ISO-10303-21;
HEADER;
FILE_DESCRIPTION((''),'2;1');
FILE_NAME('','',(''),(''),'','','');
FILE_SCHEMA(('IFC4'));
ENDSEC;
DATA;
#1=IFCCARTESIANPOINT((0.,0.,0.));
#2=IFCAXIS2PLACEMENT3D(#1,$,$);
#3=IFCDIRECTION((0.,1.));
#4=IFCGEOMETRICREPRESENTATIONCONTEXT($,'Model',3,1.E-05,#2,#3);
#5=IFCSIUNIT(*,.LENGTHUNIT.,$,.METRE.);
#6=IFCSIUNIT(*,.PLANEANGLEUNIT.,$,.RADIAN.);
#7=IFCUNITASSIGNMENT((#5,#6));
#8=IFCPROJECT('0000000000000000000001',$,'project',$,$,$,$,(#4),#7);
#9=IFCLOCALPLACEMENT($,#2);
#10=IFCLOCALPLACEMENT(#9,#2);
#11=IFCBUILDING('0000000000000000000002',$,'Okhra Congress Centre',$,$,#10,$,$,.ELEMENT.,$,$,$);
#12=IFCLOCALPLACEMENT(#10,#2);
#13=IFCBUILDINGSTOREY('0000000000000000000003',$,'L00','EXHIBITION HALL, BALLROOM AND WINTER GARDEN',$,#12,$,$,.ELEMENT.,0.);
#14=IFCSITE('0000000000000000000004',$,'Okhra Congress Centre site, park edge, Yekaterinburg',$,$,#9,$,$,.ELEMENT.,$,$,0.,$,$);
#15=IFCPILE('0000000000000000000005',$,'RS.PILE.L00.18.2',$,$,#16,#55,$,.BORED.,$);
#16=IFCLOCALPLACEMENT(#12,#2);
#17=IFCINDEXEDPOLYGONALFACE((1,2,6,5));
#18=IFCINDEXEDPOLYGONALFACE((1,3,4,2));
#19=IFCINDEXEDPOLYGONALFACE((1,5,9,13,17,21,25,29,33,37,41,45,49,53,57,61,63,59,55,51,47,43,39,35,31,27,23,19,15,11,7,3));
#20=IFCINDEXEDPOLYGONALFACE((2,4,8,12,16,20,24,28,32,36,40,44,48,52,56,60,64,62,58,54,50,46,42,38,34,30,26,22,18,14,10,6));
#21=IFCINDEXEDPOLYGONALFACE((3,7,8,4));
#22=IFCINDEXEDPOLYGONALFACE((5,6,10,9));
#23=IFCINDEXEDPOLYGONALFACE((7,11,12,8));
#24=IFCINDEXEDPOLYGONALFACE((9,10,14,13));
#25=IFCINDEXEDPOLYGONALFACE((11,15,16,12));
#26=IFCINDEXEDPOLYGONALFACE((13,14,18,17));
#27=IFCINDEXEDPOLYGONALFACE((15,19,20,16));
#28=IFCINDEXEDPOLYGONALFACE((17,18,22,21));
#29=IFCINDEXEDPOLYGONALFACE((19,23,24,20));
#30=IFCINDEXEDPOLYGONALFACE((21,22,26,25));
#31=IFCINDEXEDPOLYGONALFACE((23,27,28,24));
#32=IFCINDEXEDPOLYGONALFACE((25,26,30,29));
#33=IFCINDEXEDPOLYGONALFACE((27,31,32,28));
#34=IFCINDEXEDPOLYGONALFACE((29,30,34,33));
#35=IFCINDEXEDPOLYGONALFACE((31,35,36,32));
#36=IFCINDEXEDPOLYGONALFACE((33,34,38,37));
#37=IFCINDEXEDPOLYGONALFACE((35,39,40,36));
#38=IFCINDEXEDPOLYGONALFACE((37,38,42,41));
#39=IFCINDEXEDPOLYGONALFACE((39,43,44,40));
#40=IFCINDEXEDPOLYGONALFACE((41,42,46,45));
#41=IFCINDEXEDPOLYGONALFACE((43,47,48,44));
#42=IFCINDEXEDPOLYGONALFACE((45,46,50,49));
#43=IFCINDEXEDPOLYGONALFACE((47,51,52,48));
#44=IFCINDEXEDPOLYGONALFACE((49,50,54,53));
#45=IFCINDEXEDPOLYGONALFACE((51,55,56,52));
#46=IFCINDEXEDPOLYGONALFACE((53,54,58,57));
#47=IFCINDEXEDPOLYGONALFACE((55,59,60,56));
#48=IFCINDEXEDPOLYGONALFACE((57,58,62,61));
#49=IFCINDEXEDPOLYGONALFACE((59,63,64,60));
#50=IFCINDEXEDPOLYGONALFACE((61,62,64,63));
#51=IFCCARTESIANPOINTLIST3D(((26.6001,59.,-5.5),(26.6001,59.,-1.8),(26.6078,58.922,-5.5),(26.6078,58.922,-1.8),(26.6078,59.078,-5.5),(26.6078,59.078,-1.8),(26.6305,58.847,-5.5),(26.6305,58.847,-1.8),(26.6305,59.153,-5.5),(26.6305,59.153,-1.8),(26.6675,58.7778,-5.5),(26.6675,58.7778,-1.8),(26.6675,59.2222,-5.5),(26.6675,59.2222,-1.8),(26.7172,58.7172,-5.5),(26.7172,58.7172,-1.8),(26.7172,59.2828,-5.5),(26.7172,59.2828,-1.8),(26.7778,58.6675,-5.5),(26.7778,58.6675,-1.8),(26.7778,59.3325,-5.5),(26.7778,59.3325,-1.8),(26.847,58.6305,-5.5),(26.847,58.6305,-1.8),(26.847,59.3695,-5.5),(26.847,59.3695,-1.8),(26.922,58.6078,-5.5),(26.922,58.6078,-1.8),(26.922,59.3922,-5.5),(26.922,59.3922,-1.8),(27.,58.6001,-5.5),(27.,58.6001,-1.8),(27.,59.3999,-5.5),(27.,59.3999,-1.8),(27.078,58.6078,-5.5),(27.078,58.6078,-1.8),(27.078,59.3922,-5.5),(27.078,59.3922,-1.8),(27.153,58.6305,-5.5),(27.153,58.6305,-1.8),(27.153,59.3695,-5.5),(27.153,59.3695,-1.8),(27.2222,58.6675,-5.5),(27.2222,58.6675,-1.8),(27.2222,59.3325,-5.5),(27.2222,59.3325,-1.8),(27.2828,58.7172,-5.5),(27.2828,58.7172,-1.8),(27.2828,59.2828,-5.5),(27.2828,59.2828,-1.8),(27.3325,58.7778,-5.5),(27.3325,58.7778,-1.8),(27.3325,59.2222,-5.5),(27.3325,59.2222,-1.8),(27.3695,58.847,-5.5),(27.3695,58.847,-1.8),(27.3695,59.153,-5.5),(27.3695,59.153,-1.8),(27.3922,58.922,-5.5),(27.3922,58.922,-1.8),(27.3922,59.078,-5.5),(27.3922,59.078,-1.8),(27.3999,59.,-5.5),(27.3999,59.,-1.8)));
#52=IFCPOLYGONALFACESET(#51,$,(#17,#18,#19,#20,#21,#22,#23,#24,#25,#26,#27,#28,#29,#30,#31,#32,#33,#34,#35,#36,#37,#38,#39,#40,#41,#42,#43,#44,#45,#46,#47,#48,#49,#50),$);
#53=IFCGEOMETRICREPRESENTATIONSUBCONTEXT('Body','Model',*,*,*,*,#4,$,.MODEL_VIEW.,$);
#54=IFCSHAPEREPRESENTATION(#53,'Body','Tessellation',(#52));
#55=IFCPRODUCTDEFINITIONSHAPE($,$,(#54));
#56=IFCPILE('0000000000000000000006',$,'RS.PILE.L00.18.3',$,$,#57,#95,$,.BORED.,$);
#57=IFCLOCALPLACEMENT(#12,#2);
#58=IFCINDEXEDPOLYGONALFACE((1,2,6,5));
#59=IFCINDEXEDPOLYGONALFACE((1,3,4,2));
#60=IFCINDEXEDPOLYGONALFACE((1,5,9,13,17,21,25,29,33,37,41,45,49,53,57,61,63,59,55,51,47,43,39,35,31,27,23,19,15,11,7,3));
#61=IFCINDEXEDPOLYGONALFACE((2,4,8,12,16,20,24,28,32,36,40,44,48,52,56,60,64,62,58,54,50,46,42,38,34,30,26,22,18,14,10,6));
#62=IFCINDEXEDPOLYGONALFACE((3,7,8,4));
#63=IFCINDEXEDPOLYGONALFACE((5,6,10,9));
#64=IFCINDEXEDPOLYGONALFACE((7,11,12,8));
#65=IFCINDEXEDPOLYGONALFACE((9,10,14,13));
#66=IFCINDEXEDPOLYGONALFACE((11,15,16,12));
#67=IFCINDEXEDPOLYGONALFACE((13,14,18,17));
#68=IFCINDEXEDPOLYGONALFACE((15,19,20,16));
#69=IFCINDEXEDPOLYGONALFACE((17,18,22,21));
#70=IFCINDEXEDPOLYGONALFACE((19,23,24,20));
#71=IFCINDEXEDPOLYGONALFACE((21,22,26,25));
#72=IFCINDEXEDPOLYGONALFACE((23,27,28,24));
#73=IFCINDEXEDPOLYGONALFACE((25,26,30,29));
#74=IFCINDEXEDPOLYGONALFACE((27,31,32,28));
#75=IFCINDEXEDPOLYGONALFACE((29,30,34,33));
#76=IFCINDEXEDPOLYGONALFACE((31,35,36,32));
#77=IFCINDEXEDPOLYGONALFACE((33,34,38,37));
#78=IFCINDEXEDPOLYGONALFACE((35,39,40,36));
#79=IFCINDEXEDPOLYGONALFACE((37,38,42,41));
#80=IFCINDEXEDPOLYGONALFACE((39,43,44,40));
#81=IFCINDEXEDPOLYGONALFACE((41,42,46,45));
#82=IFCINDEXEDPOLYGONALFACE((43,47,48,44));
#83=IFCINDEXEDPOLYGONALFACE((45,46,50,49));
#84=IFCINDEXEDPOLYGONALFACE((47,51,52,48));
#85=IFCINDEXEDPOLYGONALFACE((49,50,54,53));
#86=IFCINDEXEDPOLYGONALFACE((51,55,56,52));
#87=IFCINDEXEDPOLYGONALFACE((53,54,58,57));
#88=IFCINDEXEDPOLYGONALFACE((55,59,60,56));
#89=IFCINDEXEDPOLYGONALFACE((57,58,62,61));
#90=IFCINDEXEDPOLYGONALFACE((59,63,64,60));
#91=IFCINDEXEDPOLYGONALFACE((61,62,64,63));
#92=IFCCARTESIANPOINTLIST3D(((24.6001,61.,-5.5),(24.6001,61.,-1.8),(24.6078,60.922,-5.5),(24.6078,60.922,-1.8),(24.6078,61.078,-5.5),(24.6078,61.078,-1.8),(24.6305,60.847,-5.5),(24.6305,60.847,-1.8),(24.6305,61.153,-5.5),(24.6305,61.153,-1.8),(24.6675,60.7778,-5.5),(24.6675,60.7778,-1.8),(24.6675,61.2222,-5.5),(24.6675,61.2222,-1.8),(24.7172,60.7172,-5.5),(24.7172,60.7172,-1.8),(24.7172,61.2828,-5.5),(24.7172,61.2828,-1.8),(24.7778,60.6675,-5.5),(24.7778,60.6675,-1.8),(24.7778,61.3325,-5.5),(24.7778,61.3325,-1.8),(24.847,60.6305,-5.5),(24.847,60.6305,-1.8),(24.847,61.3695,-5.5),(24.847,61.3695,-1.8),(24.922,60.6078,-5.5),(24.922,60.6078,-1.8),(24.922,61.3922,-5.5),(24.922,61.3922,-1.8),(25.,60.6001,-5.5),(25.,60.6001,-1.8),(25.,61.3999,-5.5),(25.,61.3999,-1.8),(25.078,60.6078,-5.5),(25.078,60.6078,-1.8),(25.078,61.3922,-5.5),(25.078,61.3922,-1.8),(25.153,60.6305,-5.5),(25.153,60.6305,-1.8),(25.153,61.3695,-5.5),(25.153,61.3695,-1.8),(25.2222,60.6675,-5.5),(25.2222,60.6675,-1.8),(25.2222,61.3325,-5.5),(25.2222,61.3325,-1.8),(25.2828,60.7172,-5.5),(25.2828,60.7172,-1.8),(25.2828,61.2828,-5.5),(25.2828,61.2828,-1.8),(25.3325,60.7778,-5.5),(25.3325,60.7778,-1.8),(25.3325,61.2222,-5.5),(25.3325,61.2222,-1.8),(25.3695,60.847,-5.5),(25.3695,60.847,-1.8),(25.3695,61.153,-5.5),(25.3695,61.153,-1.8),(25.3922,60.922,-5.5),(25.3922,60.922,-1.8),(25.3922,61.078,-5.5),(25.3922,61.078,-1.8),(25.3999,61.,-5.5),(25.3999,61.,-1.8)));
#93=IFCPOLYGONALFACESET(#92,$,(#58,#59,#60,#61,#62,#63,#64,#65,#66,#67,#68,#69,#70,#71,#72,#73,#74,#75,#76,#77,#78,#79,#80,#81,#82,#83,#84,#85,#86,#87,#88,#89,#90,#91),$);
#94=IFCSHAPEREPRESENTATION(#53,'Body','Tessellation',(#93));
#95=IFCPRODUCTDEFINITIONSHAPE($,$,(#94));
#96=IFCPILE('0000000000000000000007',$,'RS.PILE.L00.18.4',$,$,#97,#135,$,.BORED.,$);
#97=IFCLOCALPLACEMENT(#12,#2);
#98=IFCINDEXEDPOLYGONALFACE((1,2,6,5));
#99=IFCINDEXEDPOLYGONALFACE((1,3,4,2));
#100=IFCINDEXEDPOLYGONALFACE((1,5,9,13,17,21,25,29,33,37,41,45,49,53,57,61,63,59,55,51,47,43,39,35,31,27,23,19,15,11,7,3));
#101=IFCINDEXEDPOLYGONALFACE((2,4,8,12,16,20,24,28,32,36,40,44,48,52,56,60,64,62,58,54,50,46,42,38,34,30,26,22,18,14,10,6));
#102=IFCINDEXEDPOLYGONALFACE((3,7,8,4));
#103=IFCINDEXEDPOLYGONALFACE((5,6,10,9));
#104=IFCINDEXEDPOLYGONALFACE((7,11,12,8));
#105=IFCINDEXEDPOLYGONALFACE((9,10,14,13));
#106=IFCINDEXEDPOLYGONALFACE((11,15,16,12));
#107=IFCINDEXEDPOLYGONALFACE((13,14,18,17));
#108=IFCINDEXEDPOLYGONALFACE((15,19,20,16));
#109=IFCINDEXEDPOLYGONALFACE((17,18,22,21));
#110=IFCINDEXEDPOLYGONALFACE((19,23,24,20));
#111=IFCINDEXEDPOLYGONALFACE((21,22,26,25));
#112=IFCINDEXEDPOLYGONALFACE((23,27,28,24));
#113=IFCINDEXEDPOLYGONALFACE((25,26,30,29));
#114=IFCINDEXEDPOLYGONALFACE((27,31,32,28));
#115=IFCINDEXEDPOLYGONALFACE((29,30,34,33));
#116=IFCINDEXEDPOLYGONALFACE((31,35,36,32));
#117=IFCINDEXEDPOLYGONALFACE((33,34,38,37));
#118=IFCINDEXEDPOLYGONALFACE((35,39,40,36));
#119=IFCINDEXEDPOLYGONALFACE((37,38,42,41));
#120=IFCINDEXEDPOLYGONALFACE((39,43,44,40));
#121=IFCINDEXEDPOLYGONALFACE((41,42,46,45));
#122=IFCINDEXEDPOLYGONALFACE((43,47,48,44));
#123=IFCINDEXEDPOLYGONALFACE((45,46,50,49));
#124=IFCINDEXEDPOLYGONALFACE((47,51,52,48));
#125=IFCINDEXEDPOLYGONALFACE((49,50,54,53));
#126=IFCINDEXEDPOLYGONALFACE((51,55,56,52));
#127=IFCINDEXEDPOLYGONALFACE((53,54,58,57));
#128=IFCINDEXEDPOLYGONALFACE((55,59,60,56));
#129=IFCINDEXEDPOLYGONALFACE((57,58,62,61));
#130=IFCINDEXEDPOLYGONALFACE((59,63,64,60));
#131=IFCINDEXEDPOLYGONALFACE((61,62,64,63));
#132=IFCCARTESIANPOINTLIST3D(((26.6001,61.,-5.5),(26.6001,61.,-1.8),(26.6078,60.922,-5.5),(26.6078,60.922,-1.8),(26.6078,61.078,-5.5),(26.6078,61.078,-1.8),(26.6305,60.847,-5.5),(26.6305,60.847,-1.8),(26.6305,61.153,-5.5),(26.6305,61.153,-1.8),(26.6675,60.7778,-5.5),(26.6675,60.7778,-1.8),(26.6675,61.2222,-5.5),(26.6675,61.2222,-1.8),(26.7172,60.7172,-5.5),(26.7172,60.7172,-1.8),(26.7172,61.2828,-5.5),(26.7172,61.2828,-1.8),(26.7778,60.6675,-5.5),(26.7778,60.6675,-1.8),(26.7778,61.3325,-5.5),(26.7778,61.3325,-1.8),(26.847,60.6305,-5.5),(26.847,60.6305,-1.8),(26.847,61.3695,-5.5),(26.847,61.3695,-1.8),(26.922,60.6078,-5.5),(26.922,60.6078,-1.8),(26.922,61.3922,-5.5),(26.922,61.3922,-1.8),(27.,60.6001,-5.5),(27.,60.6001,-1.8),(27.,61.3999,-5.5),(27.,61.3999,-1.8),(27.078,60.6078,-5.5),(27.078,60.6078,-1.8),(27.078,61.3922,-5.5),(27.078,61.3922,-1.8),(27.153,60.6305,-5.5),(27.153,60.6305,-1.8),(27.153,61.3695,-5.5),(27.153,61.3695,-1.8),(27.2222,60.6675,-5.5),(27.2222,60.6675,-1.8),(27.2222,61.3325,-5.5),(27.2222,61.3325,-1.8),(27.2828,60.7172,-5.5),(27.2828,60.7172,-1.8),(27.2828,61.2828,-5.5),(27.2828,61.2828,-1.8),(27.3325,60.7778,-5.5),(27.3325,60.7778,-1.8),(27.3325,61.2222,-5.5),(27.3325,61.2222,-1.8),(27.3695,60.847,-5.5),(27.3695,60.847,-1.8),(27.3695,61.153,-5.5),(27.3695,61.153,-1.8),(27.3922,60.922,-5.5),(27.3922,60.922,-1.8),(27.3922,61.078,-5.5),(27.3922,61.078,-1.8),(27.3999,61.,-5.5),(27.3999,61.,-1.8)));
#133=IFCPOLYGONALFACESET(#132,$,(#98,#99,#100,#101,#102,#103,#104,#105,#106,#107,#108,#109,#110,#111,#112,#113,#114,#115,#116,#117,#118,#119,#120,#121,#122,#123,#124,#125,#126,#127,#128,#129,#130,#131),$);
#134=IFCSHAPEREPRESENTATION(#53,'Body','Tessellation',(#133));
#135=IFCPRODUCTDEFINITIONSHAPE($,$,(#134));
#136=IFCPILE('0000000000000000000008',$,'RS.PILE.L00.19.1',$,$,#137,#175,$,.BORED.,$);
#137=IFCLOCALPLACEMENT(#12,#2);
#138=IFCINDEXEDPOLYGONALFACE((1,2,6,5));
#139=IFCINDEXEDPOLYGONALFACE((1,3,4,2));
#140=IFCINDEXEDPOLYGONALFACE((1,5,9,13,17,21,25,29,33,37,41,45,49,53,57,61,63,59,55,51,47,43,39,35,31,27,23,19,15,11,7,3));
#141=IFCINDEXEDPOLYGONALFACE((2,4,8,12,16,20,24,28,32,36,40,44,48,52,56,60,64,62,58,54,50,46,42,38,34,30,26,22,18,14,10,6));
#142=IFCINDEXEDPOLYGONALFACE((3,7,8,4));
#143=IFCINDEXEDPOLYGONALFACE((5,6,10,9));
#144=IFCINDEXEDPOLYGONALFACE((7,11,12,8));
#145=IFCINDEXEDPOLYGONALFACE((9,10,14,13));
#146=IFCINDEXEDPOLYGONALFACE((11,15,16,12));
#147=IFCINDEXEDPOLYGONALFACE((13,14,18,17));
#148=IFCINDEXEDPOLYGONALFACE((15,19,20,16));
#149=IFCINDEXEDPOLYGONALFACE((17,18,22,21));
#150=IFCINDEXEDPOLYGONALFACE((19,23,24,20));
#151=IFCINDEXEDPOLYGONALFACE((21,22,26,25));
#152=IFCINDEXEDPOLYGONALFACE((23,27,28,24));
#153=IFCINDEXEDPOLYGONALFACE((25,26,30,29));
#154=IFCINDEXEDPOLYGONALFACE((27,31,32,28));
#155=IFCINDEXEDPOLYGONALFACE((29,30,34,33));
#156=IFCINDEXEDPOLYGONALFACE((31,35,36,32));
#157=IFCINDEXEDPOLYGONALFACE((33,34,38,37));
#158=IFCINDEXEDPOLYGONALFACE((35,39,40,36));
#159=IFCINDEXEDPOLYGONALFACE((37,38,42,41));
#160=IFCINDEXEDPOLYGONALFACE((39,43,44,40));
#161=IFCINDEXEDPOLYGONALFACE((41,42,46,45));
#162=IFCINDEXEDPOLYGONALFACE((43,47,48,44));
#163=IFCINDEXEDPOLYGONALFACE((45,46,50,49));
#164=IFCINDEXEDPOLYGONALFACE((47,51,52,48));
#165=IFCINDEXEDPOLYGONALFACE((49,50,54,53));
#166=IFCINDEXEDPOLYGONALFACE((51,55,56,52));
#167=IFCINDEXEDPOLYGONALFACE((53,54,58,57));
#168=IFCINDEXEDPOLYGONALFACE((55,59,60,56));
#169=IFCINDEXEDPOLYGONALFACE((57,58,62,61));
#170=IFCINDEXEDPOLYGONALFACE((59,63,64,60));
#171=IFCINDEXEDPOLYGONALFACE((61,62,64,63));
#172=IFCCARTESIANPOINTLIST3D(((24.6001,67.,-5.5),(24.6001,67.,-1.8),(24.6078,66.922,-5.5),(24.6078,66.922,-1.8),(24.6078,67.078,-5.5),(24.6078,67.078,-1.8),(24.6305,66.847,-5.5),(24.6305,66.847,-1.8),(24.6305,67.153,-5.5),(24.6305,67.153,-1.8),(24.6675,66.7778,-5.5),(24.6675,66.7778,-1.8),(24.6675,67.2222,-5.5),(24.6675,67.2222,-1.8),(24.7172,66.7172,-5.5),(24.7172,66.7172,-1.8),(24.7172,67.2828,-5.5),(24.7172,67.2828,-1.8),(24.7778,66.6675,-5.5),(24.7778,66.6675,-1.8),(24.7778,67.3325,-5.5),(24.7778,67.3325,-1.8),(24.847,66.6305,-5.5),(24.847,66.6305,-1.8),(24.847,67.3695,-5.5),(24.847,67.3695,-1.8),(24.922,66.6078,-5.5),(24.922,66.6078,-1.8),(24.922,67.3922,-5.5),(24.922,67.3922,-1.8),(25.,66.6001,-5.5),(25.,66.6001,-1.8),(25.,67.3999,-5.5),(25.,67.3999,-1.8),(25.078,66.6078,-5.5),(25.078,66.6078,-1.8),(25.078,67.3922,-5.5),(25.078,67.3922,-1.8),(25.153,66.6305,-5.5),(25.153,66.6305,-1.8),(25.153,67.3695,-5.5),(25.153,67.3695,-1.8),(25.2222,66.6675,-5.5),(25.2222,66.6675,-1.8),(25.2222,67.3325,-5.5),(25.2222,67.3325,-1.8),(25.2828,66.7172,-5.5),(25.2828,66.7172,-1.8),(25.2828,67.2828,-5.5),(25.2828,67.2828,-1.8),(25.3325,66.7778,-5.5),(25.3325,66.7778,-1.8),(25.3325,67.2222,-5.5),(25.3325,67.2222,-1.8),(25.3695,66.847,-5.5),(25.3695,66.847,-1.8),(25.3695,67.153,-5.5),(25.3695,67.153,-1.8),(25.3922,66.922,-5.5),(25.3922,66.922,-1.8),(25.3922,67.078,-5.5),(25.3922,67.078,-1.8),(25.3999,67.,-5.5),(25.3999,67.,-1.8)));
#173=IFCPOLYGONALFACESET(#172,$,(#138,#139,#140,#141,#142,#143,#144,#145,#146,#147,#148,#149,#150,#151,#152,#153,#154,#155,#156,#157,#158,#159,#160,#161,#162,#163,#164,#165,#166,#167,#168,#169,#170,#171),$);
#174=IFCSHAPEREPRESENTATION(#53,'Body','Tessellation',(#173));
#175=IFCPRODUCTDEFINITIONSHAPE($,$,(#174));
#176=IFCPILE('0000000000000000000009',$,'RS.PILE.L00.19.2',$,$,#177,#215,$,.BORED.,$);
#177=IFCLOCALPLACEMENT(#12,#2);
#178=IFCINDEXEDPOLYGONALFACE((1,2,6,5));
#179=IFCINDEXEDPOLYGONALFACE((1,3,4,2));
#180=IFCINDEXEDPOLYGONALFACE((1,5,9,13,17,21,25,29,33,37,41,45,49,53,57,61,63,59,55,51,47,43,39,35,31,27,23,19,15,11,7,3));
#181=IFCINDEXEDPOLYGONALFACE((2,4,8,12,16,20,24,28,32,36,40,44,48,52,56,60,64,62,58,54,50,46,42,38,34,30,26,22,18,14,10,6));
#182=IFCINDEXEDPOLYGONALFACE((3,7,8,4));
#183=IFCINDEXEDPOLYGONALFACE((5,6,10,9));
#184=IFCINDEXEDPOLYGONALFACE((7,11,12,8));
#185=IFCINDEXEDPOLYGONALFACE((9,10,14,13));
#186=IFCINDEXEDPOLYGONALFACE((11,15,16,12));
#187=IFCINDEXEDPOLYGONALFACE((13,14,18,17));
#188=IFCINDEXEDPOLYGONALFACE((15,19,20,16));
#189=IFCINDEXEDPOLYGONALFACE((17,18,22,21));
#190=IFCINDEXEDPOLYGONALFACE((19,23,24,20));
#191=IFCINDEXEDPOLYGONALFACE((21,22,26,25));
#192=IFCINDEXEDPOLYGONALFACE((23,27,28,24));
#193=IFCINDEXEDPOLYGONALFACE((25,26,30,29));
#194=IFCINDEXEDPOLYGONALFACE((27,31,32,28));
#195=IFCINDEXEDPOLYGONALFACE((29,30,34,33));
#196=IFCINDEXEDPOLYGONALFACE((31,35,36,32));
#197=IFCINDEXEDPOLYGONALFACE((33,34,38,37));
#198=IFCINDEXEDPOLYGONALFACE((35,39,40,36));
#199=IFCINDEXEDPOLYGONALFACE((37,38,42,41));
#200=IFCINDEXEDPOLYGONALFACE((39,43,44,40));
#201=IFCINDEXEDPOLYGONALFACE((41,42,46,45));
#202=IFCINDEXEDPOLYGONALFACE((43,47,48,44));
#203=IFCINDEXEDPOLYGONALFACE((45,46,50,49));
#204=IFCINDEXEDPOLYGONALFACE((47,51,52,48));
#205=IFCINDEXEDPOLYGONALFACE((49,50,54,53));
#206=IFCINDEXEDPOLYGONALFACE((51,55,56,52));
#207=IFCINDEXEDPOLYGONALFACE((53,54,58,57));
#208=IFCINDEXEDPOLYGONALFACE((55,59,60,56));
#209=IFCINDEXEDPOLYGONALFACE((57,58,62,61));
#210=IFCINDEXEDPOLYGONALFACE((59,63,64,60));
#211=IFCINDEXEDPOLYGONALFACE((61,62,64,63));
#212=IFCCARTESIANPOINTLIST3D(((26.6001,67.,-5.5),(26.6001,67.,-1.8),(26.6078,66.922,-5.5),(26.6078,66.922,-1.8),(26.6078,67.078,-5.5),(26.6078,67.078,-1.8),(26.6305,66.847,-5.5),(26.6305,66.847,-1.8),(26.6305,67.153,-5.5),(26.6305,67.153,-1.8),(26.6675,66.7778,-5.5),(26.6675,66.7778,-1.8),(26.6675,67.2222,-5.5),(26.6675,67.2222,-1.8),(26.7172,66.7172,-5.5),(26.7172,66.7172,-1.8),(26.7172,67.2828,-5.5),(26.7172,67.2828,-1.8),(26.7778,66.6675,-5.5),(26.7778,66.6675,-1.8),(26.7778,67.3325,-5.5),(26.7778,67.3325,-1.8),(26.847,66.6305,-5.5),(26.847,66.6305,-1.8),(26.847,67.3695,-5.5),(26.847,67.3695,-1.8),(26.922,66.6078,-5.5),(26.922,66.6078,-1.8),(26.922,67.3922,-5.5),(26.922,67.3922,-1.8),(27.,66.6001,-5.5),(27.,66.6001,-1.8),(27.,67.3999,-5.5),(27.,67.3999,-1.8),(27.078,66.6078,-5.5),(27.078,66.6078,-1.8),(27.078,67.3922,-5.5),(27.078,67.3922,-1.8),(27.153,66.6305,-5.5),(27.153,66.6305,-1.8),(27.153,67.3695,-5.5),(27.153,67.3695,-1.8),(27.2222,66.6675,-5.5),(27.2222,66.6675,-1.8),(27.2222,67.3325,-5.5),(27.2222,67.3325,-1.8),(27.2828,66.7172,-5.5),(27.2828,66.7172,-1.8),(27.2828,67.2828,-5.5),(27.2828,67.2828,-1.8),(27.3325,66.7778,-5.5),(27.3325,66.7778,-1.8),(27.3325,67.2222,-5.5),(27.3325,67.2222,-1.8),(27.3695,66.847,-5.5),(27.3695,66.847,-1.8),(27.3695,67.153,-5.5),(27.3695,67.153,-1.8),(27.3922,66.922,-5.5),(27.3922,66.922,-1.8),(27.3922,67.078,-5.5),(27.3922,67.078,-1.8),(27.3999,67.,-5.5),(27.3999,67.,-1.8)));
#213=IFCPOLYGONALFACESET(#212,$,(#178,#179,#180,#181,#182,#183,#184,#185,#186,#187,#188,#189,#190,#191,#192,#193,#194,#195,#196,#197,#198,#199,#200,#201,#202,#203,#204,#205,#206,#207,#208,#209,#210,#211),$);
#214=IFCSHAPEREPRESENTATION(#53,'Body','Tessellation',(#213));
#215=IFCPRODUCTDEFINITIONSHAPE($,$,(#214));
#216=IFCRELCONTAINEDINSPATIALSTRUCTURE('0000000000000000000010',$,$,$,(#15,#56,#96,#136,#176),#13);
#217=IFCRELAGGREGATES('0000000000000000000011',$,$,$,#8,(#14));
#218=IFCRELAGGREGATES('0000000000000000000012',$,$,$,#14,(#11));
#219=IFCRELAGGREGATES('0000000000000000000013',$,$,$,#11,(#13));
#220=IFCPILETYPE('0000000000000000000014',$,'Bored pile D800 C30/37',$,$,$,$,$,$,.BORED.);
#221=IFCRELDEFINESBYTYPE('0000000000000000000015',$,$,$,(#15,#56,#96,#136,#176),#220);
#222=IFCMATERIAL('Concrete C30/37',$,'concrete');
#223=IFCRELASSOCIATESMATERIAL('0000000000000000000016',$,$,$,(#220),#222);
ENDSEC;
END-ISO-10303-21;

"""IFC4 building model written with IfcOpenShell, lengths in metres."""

from ifc_helpers import new_model, si_unit, direction, frame, origin, origin_2d, place, context, subcontext, project, spatial, circle, extrude, material, material_profile, profile_set, type_object, element, save


model = new_model("IFC4")

# Units and contexts
model_context = context("Model", 3, precision=1e-05, world=origin(), true_north=direction((0.0, 1.0)))
body_context = subcontext(model_context, "Body", "Model", "MODEL_VIEW")
ifc_project = project(units=[si_unit("LENGTHUNIT", "METRE"), si_unit("PLANEANGLEUNIT", "RADIAN")], contexts=[model_context])

# Site, building, storey
site_placement = place(None, origin())
site = spatial("IfcSite", under=ifc_project, at=site_placement, Name="Okhra Congress Centre site, park edge, Yekaterinburg", CompositionType="ELEMENT", RefElevation=0.0)
building_placement = place(site_placement, origin())
building = spatial("IfcBuilding", under=site, at=building_placement, Name="Okhra Congress Centre", CompositionType="ELEMENT")
storey_placement = place(building_placement, origin())
storey = spatial("IfcBuildingStorey", under=building, at=storey_placement, Name="L00", Description="EXHIBITION HALL, BALLROOM AND WINTER GARDEN", CompositionType="ELEMENT", Elevation=0.0)

# Piles
ifc_material_1 = material(Name="Concrete C30/37", Category="concrete")
ifc_material_profile_1 = material_profile(ifc_material_1, circle(Radius=0.3999, at=origin_2d()), Name="D800")
ifc_profile_set_1 = profile_set([ifc_material_profile_1], Name="Concrete C30/37")
pile_type = type_object("IfcPileType", Name="Bored pile D800 C30/37", PredefinedType="BORED", material=ifc_profile_set_1)
for number, where, z_axis, x_axis, name in (
    (1, (27.0, 59.0, -1.8), (0.0, 0.0, -1.0), (1.0, 0.0, 0.0), "RS.PILE.L00.18.2"),
    (2, (25.0, 61.0, -1.8), (0.0, 0.0, -1.0), (1.0, 0.0, 0.0), "RS.PILE.L00.18.3"),
    (3, (27.0, 61.0, -1.8), (0.0, 0.0, -1.0), (1.0, 0.0, 0.0), "RS.PILE.L00.18.4"),
    (4, (25.0, 67.0, -1.8), (0.0, 0.0, -1.0), (1.0, 0.0, 0.0), "RS.PILE.L00.19.1"),
    (5, (27.0, 67.0, -1.8), (0.0, 0.0, -1.0), (1.0, 0.0, 0.0), "RS.PILE.L00.19.2"),
):
    element("IfcPile", number, at=place(storey_placement, frame(where, z_axis=z_axis, x_axis=x_axis)), inside=storey, type_object=pile_type, Name=name, PredefinedType="BORED", context=body_context, shape_type="SweptSolid", body=[
        extrude(circle(Radius=0.3999, at=origin_2d()), origin(), (0.0, 0.0, 1.0), 3.7),
    ])

save(model, "model.ifc")
